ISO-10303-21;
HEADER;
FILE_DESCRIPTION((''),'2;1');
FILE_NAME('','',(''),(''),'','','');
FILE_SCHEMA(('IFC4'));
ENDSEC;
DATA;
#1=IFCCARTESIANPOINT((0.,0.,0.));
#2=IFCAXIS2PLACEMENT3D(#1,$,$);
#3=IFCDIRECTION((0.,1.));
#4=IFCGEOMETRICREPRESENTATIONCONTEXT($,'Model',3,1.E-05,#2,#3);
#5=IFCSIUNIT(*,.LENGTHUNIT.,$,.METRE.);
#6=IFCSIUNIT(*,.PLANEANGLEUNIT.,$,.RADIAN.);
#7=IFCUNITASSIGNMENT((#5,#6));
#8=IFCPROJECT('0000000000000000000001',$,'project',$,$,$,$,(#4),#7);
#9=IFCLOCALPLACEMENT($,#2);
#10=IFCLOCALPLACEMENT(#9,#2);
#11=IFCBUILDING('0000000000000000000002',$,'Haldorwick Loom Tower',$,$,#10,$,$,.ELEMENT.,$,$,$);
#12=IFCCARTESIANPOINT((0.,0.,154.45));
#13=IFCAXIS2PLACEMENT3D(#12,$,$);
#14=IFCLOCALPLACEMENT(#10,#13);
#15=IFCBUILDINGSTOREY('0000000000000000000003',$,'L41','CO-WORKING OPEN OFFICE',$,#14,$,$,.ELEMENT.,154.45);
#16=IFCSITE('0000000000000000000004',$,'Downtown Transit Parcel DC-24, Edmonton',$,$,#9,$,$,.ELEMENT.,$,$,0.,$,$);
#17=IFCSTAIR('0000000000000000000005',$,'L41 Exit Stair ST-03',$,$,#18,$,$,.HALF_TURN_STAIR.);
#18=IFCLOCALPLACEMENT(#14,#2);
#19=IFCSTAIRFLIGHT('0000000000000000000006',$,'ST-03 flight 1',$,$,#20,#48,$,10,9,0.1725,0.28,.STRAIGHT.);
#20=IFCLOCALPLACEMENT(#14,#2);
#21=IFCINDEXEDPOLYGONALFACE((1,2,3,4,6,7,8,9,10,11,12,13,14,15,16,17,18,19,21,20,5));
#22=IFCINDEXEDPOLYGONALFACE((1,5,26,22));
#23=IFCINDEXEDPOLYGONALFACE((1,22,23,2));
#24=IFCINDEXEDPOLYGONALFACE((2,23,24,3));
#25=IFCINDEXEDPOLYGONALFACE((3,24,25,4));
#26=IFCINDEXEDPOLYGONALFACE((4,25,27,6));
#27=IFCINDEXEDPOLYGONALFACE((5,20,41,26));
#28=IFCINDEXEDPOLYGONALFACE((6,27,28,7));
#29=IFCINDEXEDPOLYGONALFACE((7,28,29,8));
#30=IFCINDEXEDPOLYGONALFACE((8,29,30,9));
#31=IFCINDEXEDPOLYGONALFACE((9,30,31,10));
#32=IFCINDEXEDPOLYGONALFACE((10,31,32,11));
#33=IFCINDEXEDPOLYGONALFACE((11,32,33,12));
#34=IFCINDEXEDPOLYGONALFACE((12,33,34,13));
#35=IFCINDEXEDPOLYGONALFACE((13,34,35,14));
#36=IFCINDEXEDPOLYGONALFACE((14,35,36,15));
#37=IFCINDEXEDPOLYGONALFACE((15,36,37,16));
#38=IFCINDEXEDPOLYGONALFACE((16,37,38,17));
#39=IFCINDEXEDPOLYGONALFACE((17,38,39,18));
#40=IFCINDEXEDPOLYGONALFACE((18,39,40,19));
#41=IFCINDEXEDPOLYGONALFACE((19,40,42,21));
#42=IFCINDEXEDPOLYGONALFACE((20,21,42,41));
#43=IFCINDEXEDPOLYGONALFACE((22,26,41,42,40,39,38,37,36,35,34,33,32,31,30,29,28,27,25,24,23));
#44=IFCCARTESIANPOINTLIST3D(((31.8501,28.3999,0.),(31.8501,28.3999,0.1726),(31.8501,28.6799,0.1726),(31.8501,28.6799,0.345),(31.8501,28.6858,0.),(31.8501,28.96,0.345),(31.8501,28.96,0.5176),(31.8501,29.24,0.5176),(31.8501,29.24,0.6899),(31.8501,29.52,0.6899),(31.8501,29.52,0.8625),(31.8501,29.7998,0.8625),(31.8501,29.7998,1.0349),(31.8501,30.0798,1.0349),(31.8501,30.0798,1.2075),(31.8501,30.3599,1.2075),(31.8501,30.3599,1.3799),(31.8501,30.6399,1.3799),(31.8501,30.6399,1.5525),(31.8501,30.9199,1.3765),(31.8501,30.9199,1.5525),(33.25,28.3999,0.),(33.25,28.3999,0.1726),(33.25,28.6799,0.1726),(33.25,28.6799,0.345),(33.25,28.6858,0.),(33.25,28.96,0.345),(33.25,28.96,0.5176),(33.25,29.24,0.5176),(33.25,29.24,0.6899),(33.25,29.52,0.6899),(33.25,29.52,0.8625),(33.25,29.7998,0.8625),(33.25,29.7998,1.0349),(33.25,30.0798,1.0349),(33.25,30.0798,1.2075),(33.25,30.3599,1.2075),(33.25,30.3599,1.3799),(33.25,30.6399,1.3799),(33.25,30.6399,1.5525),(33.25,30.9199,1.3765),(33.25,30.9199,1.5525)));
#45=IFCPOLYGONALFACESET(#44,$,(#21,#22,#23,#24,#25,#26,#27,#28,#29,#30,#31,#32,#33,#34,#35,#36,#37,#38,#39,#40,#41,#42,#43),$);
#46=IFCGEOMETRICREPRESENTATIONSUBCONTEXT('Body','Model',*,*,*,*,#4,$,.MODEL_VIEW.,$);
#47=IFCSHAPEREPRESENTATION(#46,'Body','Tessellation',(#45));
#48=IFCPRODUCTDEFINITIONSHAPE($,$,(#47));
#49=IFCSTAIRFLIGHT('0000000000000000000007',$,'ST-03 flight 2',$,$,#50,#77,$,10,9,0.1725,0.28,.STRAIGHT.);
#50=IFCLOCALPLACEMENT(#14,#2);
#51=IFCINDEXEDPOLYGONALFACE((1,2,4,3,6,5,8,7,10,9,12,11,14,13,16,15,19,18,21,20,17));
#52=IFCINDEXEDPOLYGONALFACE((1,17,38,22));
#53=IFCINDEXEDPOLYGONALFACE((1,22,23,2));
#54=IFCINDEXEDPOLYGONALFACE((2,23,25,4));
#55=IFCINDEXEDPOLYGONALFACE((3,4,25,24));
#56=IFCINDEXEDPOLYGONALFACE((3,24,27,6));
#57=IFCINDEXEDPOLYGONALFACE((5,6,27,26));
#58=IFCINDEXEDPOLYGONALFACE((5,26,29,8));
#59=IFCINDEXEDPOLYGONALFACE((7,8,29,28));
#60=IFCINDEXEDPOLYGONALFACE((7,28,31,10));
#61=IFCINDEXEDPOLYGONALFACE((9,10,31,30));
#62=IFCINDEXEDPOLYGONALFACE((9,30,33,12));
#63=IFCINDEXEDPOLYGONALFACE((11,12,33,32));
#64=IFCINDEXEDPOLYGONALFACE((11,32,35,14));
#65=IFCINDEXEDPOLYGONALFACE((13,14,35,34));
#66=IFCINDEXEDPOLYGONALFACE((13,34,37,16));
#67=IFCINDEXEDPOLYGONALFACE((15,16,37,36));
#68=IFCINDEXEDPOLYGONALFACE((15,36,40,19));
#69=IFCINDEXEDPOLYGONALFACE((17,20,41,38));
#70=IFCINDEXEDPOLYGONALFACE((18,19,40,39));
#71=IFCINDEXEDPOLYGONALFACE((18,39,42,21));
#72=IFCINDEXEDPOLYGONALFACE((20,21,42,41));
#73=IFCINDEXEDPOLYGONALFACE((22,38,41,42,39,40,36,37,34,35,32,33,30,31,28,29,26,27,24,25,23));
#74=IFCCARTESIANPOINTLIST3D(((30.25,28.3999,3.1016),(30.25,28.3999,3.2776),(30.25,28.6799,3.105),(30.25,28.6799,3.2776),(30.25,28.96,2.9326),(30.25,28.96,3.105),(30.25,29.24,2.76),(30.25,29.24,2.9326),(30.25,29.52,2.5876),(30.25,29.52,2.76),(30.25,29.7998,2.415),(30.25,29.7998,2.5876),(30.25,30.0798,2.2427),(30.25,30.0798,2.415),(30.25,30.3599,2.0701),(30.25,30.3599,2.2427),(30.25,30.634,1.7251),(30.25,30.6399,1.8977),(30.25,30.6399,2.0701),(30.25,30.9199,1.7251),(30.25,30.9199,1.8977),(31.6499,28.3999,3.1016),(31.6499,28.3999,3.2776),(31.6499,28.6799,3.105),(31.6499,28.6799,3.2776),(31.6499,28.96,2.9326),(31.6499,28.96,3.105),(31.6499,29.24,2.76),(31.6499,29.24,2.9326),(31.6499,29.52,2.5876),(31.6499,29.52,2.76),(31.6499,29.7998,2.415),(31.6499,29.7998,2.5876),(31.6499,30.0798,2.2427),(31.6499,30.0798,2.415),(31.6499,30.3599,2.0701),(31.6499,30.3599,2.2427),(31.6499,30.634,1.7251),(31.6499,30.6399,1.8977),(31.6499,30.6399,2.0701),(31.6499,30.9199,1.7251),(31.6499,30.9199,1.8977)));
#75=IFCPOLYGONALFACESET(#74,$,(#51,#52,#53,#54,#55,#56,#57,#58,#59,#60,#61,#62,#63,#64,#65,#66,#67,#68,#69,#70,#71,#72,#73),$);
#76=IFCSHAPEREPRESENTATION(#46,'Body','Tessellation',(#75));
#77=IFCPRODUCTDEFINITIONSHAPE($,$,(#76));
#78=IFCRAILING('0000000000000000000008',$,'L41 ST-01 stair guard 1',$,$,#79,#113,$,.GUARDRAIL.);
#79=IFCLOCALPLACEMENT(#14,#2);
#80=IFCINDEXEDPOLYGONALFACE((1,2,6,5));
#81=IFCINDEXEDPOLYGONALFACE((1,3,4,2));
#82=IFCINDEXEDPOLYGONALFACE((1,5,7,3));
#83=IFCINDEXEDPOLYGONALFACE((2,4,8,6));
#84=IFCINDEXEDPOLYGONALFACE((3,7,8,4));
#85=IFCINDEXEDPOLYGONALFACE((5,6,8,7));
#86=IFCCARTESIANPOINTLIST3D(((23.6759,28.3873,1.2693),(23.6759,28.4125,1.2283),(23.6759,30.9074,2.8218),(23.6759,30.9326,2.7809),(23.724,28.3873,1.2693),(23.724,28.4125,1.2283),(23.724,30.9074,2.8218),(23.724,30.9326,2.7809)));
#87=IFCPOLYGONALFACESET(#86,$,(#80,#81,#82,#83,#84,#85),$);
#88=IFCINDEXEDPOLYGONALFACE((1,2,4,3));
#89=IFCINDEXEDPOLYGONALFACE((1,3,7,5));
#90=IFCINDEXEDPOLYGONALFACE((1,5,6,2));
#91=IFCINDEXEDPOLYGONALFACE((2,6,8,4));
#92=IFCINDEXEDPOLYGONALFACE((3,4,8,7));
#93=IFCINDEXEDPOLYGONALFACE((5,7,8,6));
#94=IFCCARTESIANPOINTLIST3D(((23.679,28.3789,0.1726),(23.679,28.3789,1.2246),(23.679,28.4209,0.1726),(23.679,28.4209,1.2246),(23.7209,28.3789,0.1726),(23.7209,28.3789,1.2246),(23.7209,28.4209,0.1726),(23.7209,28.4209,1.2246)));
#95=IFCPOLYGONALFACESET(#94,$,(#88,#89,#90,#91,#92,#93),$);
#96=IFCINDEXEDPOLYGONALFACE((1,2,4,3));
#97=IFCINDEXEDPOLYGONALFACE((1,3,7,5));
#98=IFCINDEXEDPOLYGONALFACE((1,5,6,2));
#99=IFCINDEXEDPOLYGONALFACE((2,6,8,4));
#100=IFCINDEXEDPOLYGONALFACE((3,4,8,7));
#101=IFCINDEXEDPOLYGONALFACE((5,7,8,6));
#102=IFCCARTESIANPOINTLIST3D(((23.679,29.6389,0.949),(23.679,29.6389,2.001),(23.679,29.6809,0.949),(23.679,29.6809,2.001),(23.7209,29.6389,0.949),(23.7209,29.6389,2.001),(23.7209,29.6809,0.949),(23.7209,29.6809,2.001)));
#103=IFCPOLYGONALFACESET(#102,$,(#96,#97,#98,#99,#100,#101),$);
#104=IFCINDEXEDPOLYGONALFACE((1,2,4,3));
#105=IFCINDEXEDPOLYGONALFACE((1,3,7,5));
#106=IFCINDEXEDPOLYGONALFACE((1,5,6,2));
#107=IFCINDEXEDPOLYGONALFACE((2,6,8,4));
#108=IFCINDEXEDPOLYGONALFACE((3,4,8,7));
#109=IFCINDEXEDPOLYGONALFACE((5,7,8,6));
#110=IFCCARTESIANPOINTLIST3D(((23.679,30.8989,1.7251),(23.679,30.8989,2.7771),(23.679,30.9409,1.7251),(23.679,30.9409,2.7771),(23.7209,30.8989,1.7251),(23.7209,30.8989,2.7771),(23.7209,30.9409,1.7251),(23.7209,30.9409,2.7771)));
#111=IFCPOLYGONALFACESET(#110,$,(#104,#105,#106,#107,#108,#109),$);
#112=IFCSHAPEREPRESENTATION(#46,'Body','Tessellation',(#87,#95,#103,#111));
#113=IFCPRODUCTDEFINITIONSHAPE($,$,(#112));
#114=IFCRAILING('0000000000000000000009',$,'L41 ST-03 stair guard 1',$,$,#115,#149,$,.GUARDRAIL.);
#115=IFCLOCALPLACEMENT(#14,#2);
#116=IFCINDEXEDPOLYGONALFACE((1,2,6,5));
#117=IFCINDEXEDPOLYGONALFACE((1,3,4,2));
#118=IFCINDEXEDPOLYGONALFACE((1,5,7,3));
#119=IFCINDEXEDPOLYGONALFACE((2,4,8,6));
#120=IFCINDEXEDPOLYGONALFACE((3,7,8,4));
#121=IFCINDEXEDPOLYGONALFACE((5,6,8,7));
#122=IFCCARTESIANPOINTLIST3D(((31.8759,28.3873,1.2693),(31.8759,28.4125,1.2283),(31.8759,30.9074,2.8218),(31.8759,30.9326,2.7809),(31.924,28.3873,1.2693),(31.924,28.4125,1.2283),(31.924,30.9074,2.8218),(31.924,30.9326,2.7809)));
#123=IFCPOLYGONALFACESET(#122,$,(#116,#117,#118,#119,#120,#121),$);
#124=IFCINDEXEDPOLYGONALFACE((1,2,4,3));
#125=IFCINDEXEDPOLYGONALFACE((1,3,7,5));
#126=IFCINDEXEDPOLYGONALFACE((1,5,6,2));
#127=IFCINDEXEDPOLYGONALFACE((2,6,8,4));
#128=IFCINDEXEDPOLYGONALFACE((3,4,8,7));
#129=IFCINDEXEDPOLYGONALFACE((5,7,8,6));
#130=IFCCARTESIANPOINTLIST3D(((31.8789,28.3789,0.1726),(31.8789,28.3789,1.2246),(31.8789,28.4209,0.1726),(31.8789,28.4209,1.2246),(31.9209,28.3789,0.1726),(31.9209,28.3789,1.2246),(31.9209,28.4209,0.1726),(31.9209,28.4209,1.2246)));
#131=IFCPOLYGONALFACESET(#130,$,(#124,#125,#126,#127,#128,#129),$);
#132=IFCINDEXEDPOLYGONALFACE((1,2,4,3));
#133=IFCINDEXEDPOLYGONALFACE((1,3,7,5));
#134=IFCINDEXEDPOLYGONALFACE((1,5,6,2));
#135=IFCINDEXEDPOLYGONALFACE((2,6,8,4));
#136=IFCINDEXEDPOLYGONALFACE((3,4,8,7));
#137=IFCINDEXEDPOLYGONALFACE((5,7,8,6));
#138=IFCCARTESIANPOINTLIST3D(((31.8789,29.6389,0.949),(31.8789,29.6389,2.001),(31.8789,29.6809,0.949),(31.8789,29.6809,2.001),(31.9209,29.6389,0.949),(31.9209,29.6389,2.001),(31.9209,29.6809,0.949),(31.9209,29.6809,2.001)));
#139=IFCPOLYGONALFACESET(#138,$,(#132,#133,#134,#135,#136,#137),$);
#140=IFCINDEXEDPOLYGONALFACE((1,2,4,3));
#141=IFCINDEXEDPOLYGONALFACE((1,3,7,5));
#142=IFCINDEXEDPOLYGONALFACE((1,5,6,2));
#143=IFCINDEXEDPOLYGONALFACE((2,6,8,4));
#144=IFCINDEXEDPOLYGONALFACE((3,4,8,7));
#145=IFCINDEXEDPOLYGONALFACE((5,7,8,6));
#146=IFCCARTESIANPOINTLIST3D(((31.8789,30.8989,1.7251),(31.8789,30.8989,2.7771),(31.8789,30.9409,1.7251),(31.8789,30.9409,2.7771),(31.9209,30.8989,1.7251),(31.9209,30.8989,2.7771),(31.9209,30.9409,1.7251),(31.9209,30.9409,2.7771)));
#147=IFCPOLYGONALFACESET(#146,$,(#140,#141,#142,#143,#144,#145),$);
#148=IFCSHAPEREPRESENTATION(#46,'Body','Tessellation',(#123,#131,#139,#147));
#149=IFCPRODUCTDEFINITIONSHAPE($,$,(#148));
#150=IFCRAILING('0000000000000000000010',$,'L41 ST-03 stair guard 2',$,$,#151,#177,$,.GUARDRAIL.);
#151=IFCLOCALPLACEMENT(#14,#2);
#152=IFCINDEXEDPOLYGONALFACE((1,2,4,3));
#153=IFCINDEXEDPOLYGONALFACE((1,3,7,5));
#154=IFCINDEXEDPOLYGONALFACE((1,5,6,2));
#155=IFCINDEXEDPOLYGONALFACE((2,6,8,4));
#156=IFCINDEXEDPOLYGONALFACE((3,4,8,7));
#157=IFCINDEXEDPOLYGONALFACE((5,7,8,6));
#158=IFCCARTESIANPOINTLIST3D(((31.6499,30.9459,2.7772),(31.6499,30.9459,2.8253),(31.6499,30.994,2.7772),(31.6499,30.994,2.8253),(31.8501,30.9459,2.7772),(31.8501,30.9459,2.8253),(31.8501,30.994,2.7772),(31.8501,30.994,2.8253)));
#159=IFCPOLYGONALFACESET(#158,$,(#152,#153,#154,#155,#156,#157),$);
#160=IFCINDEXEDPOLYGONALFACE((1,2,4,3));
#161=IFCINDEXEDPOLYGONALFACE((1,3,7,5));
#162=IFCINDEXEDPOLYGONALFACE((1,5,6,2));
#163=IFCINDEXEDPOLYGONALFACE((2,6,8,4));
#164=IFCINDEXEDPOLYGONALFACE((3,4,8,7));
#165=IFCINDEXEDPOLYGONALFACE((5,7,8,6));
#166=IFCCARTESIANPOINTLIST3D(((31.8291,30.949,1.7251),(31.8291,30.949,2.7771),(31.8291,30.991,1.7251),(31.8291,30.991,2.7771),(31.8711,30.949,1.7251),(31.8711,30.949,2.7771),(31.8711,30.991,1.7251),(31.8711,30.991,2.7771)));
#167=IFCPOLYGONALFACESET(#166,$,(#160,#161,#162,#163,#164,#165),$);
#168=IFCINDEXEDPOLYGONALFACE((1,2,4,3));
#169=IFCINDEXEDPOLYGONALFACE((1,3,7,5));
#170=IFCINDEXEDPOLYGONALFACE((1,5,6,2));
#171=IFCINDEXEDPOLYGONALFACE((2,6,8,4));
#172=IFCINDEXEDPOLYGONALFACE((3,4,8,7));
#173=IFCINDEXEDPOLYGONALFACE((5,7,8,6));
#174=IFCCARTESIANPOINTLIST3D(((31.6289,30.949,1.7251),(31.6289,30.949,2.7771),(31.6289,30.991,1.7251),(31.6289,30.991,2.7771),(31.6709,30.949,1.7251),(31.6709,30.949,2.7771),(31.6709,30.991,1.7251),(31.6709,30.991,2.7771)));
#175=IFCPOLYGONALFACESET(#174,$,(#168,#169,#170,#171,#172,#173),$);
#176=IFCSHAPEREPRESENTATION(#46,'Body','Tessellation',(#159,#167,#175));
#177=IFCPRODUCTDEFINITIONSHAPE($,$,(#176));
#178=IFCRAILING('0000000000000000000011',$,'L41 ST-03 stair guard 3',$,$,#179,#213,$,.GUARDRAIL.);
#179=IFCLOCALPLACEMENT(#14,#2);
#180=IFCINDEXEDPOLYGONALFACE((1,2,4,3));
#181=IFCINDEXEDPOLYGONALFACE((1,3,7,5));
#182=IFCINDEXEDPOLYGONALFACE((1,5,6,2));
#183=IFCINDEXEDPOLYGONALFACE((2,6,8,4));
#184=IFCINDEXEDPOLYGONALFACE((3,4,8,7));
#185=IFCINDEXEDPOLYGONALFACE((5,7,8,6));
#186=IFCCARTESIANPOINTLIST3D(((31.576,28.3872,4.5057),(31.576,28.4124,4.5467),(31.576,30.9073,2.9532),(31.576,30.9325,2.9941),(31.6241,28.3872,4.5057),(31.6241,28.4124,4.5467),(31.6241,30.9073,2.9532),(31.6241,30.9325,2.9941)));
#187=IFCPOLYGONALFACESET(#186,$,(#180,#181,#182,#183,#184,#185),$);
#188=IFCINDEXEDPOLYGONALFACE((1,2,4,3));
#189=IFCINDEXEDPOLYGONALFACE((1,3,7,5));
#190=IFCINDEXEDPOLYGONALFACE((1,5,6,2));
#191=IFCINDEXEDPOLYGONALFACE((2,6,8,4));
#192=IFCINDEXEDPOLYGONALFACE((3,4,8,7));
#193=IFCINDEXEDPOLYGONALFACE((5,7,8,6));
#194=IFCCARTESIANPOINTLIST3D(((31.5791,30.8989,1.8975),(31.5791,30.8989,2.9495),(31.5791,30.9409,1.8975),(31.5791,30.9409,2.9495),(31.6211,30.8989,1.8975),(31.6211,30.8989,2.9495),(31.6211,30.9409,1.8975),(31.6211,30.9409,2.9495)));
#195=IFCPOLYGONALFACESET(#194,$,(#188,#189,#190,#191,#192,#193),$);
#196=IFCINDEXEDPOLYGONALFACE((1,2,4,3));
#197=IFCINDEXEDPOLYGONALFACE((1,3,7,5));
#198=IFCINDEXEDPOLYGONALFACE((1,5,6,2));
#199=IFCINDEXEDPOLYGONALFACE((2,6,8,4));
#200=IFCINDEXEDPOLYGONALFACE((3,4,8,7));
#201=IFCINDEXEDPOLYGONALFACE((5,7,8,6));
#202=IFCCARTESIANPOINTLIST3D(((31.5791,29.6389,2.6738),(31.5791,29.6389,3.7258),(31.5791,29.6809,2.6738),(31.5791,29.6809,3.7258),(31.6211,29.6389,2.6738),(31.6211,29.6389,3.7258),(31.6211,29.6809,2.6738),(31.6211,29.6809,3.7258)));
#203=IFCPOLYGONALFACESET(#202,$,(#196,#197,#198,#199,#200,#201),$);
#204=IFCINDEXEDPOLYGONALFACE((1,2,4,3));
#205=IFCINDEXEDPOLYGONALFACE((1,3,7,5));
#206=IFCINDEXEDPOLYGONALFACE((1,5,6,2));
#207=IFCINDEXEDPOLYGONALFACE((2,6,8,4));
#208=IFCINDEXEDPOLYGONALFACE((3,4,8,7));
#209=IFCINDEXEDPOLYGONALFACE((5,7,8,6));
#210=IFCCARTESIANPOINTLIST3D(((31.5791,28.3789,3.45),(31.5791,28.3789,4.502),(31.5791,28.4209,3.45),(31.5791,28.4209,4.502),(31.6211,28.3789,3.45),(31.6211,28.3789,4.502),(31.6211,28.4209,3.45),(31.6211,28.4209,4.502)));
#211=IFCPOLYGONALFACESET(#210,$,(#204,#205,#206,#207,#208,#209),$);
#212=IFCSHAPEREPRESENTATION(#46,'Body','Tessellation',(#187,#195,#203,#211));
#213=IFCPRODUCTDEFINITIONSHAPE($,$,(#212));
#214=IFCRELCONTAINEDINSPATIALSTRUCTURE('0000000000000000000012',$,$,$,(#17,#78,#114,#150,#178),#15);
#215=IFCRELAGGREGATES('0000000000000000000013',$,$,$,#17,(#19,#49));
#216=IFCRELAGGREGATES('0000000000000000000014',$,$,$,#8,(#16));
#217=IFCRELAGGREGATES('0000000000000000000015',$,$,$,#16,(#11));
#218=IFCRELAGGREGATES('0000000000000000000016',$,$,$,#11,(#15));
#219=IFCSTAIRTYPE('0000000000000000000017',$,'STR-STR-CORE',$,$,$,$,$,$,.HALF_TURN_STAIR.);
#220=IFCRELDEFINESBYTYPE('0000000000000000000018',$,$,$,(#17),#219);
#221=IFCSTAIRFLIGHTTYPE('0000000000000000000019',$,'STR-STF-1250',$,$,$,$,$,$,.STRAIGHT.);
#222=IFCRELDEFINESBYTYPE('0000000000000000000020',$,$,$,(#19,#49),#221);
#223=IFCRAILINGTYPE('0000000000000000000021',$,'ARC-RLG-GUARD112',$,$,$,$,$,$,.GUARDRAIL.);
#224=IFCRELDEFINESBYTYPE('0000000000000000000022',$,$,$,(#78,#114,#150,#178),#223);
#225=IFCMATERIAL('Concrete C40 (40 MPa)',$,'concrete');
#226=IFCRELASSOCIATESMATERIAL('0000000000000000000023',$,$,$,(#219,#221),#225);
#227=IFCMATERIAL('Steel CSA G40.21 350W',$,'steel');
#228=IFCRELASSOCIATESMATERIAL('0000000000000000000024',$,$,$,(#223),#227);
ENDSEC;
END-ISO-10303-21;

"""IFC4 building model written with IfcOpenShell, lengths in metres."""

from ifc_helpers import new_model, si_unit, direction, frame, origin, origin_2d, place, context, subcontext, project, spatial, polyline, rectangle, outline, extrude, material, type_object, element, aggregate, save


model = new_model("IFC4")

# Units and contexts
model_context = context("Model", 3, precision=1e-05, world=origin(), true_north=direction((0.0, 1.0)))
body_context = subcontext(model_context, "Body", "Model", "MODEL_VIEW")
ifc_project = project(units=[si_unit("LENGTHUNIT", "METRE"), si_unit("PLANEANGLEUNIT", "RADIAN")], contexts=[model_context])

# Site, building, storey
site_placement = place(None, origin())
site = spatial("IfcSite", under=ifc_project, at=site_placement, Name="Downtown Transit Parcel DC-24, Edmonton", CompositionType="ELEMENT", RefElevation=0.0)
building_placement = place(site_placement, origin())
building = spatial("IfcBuilding", under=site, at=building_placement, Name="Haldorwick Loom Tower", CompositionType="ELEMENT")
storey_placement = place(building_placement, frame((0.0, 0.0, 154.45)))
storey = spatial("IfcBuildingStorey", under=building, at=storey_placement, Name="L41", Description="CO-WORKING OPEN OFFICE", CompositionType="ELEMENT", Elevation=154.45)

# Shared definitions
ifc_material_1 = material(Name="Steel CSA G40.21 350W", Category="steel")

# Shared definitions
ifc_material_2 = material(Name="Concrete C40 (40 MPa)", Category="concrete")
stair_type = type_object("IfcStairType", Name="STR-STR-CORE", PredefinedType="HALF_TURN_STAIR", material=ifc_material_2)
stair_flight_type = type_object("IfcStairFlightType", Name="STR-STF-1250", PredefinedType="STRAIGHT", material=ifc_material_2)

# Stair, stair flights
stair_1_placement = place(storey_placement, origin())
stair_1 = element("IfcStair", 1, at=stair_1_placement, inside=storey, type_object=stair_type, Name="L41 Exit Stair ST-03", PredefinedType="HALF_TURN_STAIR")
stair_flight_1_placement = place(storey_placement, frame((32.55, 28.3999, 0.0), z_axis=(0.0, 0.0, 1.0), x_axis=(0.0, 1.0, 0.0)))
stair_flight_1 = element("IfcStairFlight", 2, at=stair_flight_1_placement, type_object=stair_flight_type, Name="ST-03 flight 1", NumberOfRisers=10, NumberOfTreads=9, PredefinedType="STRAIGHT", RiserHeight=0.1725, TreadLength=0.28, context=body_context, shape_type="SweptSolid", body=[
    extrude(outline(polyline([(0.0, 0.0), (0.0, 0.1726), (0.28, 0.1726), (0.28, 0.345), (0.5601, 0.345), (0.5601, 0.5176), (0.8401, 0.5176), (0.8401, 0.6899), (1.1201, 0.6899), (1.1201, 0.8625), (1.3999, 0.8625), (1.3999, 1.0349), (1.6799, 1.0349), (1.6799, 1.2075), (1.96, 1.2075), (1.96, 1.3799), (2.24, 1.3799), (2.24, 1.5525), (2.52, 1.5525), (2.52, 1.7251), (2.52, 1.3765), (0.2859, 0.0), (0.0, 0.0)])), frame((0.0, 0.7, 0.0), z_axis=(0.0, -1.0, 0.0), x_axis=(1.0, 0.0, 0.0)), (0.0, 0.0, 1.0), 1.3999),
])
stair_flight_2_placement = place(storey_placement, frame((30.95, 30.9199, 1.7251), z_axis=(0.0, 0.0, 1.0), x_axis=(0.0, -1.0, 0.0)))
stair_flight_2 = element("IfcStairFlight", 3, at=stair_flight_2_placement, type_object=stair_flight_type, Name="ST-03 flight 2", NumberOfRisers=10, NumberOfTreads=9, PredefinedType="STRAIGHT", RiserHeight=0.1725, TreadLength=0.28, context=body_context, shape_type="SweptSolid", body=[
    extrude(outline(polyline([(0.0, 0.0), (0.0, 0.1726), (0.28, 0.1726), (0.28, 0.345), (0.5601, 0.345), (0.5601, 0.5176), (0.8401, 0.5176), (0.8401, 0.6899), (1.1201, 0.6899), (1.1201, 0.8625), (1.3999, 0.8625), (1.3999, 1.0349), (1.6799, 1.0349), (1.6799, 1.2075), (1.96, 1.2075), (1.96, 1.3799), (2.24, 1.3799), (2.24, 1.5525), (2.52, 1.5525), (2.52, 1.7251), (2.52, 1.3765), (0.2859, 0.0), (0.0, 0.0)])), frame((0.0, 0.7, 0.0), z_axis=(0.0, -1.0, 0.0), x_axis=(1.0, 0.0, 0.0)), (0.0, 0.0, 1.0), 1.3999),
])
aggregate(stair_1, [stair_flight_1, stair_flight_2])

# Railings
railing_type_1 = type_object("IfcRailingType", Name="ARC-RLG-GUARD112", PredefinedType="GUARDRAIL", material=ifc_material_1)
for number, where, name in (
    (4, (23.7, 28.3999, 0.1726), "L41 ST-01 stair guard 1"),
    (5, (31.8999, 28.3999, 0.1726), "L41 ST-03 stair guard 1"),
):
    element("IfcRailing", number, at=place(storey_placement, frame(where)), inside=storey, type_object=railing_type_1, Name=name, PredefinedType="GUARDRAIL", context=body_context, shape_type="SweptSolid", body=[
        extrude(rectangle(XDim=0.0481, YDim=0.0481, at=origin_2d()), frame((0.0, 0.0, 1.0762), z_axis=(0.0, 0.8514, 0.524516), x_axis=(-1.0, 0.0, 0.0)), (0.0, 0.0, 1.0), 2.96),
        extrude(rectangle(XDim=0.042, YDim=0.042, at=origin_2d()), origin(), (0.0, 0.0, 1.0), 1.052),
        extrude(rectangle(XDim=0.042, YDim=0.042, at=origin_2d()), frame((0.0, 1.26, 0.7764)), (0.0, 0.0, 1.0), 1.052),
        extrude(rectangle(XDim=0.042, YDim=0.042, at=origin_2d()), frame((0.0, 2.52, 1.5525)), (0.0, 0.0, 1.0), 1.052),
    ])
railing_1_placement = place(storey_placement, frame((31.8501, 30.97, 1.7251)))
element("IfcRailing", 6, at=railing_1_placement, inside=storey, type_object=railing_type_1, Name="L41 ST-03 stair guard 2", PredefinedType="GUARDRAIL", context=body_context, shape_type="SweptSolid", body=[
    extrude(rectangle(XDim=0.0481, YDim=0.0481, at=origin_2d()), frame((0.0, 0.0, 1.0762), z_axis=(-1.0, 0.0, 0.0), x_axis=(0.0, -1.0, 0.0)), (0.0, 0.0, 1.0), 0.2002),
    extrude(rectangle(XDim=0.042, YDim=0.042, at=origin_2d()), origin(), (0.0, 0.0, 1.0), 1.052),
    extrude(rectangle(XDim=0.042, YDim=0.042, at=origin_2d()), frame((-0.2002, 0.0, 0.0)), (0.0, 0.0, 1.0), 1.052),
])
railing_2_placement = place(storey_placement, frame((31.6001, 30.9199, 1.8975)))
element("IfcRailing", 7, at=railing_2_placement, inside=storey, type_object=railing_type_1, Name="L41 ST-03 stair guard 3", PredefinedType="GUARDRAIL", context=body_context, shape_type="SweptSolid", body=[
    extrude(rectangle(XDim=0.0481, YDim=0.0481, at=origin_2d()), frame((0.0, 0.0, 1.0762), z_axis=(0.0, -0.8514, 0.524516), x_axis=(1.0, 0.0, 0.0)), (0.0, 0.0, 1.0), 2.96),
    extrude(rectangle(XDim=0.042, YDim=0.042, at=origin_2d()), origin(), (0.0, 0.0, 1.0), 1.052),
    extrude(rectangle(XDim=0.042, YDim=0.042, at=origin_2d()), frame((0.0, -1.26, 0.7764)), (0.0, 0.0, 1.0), 1.052),
    extrude(rectangle(XDim=0.042, YDim=0.042, at=origin_2d()), frame((0.0, -2.52, 1.5525)), (0.0, 0.0, 1.0), 1.052),
])

save(model, "model.ifc")
